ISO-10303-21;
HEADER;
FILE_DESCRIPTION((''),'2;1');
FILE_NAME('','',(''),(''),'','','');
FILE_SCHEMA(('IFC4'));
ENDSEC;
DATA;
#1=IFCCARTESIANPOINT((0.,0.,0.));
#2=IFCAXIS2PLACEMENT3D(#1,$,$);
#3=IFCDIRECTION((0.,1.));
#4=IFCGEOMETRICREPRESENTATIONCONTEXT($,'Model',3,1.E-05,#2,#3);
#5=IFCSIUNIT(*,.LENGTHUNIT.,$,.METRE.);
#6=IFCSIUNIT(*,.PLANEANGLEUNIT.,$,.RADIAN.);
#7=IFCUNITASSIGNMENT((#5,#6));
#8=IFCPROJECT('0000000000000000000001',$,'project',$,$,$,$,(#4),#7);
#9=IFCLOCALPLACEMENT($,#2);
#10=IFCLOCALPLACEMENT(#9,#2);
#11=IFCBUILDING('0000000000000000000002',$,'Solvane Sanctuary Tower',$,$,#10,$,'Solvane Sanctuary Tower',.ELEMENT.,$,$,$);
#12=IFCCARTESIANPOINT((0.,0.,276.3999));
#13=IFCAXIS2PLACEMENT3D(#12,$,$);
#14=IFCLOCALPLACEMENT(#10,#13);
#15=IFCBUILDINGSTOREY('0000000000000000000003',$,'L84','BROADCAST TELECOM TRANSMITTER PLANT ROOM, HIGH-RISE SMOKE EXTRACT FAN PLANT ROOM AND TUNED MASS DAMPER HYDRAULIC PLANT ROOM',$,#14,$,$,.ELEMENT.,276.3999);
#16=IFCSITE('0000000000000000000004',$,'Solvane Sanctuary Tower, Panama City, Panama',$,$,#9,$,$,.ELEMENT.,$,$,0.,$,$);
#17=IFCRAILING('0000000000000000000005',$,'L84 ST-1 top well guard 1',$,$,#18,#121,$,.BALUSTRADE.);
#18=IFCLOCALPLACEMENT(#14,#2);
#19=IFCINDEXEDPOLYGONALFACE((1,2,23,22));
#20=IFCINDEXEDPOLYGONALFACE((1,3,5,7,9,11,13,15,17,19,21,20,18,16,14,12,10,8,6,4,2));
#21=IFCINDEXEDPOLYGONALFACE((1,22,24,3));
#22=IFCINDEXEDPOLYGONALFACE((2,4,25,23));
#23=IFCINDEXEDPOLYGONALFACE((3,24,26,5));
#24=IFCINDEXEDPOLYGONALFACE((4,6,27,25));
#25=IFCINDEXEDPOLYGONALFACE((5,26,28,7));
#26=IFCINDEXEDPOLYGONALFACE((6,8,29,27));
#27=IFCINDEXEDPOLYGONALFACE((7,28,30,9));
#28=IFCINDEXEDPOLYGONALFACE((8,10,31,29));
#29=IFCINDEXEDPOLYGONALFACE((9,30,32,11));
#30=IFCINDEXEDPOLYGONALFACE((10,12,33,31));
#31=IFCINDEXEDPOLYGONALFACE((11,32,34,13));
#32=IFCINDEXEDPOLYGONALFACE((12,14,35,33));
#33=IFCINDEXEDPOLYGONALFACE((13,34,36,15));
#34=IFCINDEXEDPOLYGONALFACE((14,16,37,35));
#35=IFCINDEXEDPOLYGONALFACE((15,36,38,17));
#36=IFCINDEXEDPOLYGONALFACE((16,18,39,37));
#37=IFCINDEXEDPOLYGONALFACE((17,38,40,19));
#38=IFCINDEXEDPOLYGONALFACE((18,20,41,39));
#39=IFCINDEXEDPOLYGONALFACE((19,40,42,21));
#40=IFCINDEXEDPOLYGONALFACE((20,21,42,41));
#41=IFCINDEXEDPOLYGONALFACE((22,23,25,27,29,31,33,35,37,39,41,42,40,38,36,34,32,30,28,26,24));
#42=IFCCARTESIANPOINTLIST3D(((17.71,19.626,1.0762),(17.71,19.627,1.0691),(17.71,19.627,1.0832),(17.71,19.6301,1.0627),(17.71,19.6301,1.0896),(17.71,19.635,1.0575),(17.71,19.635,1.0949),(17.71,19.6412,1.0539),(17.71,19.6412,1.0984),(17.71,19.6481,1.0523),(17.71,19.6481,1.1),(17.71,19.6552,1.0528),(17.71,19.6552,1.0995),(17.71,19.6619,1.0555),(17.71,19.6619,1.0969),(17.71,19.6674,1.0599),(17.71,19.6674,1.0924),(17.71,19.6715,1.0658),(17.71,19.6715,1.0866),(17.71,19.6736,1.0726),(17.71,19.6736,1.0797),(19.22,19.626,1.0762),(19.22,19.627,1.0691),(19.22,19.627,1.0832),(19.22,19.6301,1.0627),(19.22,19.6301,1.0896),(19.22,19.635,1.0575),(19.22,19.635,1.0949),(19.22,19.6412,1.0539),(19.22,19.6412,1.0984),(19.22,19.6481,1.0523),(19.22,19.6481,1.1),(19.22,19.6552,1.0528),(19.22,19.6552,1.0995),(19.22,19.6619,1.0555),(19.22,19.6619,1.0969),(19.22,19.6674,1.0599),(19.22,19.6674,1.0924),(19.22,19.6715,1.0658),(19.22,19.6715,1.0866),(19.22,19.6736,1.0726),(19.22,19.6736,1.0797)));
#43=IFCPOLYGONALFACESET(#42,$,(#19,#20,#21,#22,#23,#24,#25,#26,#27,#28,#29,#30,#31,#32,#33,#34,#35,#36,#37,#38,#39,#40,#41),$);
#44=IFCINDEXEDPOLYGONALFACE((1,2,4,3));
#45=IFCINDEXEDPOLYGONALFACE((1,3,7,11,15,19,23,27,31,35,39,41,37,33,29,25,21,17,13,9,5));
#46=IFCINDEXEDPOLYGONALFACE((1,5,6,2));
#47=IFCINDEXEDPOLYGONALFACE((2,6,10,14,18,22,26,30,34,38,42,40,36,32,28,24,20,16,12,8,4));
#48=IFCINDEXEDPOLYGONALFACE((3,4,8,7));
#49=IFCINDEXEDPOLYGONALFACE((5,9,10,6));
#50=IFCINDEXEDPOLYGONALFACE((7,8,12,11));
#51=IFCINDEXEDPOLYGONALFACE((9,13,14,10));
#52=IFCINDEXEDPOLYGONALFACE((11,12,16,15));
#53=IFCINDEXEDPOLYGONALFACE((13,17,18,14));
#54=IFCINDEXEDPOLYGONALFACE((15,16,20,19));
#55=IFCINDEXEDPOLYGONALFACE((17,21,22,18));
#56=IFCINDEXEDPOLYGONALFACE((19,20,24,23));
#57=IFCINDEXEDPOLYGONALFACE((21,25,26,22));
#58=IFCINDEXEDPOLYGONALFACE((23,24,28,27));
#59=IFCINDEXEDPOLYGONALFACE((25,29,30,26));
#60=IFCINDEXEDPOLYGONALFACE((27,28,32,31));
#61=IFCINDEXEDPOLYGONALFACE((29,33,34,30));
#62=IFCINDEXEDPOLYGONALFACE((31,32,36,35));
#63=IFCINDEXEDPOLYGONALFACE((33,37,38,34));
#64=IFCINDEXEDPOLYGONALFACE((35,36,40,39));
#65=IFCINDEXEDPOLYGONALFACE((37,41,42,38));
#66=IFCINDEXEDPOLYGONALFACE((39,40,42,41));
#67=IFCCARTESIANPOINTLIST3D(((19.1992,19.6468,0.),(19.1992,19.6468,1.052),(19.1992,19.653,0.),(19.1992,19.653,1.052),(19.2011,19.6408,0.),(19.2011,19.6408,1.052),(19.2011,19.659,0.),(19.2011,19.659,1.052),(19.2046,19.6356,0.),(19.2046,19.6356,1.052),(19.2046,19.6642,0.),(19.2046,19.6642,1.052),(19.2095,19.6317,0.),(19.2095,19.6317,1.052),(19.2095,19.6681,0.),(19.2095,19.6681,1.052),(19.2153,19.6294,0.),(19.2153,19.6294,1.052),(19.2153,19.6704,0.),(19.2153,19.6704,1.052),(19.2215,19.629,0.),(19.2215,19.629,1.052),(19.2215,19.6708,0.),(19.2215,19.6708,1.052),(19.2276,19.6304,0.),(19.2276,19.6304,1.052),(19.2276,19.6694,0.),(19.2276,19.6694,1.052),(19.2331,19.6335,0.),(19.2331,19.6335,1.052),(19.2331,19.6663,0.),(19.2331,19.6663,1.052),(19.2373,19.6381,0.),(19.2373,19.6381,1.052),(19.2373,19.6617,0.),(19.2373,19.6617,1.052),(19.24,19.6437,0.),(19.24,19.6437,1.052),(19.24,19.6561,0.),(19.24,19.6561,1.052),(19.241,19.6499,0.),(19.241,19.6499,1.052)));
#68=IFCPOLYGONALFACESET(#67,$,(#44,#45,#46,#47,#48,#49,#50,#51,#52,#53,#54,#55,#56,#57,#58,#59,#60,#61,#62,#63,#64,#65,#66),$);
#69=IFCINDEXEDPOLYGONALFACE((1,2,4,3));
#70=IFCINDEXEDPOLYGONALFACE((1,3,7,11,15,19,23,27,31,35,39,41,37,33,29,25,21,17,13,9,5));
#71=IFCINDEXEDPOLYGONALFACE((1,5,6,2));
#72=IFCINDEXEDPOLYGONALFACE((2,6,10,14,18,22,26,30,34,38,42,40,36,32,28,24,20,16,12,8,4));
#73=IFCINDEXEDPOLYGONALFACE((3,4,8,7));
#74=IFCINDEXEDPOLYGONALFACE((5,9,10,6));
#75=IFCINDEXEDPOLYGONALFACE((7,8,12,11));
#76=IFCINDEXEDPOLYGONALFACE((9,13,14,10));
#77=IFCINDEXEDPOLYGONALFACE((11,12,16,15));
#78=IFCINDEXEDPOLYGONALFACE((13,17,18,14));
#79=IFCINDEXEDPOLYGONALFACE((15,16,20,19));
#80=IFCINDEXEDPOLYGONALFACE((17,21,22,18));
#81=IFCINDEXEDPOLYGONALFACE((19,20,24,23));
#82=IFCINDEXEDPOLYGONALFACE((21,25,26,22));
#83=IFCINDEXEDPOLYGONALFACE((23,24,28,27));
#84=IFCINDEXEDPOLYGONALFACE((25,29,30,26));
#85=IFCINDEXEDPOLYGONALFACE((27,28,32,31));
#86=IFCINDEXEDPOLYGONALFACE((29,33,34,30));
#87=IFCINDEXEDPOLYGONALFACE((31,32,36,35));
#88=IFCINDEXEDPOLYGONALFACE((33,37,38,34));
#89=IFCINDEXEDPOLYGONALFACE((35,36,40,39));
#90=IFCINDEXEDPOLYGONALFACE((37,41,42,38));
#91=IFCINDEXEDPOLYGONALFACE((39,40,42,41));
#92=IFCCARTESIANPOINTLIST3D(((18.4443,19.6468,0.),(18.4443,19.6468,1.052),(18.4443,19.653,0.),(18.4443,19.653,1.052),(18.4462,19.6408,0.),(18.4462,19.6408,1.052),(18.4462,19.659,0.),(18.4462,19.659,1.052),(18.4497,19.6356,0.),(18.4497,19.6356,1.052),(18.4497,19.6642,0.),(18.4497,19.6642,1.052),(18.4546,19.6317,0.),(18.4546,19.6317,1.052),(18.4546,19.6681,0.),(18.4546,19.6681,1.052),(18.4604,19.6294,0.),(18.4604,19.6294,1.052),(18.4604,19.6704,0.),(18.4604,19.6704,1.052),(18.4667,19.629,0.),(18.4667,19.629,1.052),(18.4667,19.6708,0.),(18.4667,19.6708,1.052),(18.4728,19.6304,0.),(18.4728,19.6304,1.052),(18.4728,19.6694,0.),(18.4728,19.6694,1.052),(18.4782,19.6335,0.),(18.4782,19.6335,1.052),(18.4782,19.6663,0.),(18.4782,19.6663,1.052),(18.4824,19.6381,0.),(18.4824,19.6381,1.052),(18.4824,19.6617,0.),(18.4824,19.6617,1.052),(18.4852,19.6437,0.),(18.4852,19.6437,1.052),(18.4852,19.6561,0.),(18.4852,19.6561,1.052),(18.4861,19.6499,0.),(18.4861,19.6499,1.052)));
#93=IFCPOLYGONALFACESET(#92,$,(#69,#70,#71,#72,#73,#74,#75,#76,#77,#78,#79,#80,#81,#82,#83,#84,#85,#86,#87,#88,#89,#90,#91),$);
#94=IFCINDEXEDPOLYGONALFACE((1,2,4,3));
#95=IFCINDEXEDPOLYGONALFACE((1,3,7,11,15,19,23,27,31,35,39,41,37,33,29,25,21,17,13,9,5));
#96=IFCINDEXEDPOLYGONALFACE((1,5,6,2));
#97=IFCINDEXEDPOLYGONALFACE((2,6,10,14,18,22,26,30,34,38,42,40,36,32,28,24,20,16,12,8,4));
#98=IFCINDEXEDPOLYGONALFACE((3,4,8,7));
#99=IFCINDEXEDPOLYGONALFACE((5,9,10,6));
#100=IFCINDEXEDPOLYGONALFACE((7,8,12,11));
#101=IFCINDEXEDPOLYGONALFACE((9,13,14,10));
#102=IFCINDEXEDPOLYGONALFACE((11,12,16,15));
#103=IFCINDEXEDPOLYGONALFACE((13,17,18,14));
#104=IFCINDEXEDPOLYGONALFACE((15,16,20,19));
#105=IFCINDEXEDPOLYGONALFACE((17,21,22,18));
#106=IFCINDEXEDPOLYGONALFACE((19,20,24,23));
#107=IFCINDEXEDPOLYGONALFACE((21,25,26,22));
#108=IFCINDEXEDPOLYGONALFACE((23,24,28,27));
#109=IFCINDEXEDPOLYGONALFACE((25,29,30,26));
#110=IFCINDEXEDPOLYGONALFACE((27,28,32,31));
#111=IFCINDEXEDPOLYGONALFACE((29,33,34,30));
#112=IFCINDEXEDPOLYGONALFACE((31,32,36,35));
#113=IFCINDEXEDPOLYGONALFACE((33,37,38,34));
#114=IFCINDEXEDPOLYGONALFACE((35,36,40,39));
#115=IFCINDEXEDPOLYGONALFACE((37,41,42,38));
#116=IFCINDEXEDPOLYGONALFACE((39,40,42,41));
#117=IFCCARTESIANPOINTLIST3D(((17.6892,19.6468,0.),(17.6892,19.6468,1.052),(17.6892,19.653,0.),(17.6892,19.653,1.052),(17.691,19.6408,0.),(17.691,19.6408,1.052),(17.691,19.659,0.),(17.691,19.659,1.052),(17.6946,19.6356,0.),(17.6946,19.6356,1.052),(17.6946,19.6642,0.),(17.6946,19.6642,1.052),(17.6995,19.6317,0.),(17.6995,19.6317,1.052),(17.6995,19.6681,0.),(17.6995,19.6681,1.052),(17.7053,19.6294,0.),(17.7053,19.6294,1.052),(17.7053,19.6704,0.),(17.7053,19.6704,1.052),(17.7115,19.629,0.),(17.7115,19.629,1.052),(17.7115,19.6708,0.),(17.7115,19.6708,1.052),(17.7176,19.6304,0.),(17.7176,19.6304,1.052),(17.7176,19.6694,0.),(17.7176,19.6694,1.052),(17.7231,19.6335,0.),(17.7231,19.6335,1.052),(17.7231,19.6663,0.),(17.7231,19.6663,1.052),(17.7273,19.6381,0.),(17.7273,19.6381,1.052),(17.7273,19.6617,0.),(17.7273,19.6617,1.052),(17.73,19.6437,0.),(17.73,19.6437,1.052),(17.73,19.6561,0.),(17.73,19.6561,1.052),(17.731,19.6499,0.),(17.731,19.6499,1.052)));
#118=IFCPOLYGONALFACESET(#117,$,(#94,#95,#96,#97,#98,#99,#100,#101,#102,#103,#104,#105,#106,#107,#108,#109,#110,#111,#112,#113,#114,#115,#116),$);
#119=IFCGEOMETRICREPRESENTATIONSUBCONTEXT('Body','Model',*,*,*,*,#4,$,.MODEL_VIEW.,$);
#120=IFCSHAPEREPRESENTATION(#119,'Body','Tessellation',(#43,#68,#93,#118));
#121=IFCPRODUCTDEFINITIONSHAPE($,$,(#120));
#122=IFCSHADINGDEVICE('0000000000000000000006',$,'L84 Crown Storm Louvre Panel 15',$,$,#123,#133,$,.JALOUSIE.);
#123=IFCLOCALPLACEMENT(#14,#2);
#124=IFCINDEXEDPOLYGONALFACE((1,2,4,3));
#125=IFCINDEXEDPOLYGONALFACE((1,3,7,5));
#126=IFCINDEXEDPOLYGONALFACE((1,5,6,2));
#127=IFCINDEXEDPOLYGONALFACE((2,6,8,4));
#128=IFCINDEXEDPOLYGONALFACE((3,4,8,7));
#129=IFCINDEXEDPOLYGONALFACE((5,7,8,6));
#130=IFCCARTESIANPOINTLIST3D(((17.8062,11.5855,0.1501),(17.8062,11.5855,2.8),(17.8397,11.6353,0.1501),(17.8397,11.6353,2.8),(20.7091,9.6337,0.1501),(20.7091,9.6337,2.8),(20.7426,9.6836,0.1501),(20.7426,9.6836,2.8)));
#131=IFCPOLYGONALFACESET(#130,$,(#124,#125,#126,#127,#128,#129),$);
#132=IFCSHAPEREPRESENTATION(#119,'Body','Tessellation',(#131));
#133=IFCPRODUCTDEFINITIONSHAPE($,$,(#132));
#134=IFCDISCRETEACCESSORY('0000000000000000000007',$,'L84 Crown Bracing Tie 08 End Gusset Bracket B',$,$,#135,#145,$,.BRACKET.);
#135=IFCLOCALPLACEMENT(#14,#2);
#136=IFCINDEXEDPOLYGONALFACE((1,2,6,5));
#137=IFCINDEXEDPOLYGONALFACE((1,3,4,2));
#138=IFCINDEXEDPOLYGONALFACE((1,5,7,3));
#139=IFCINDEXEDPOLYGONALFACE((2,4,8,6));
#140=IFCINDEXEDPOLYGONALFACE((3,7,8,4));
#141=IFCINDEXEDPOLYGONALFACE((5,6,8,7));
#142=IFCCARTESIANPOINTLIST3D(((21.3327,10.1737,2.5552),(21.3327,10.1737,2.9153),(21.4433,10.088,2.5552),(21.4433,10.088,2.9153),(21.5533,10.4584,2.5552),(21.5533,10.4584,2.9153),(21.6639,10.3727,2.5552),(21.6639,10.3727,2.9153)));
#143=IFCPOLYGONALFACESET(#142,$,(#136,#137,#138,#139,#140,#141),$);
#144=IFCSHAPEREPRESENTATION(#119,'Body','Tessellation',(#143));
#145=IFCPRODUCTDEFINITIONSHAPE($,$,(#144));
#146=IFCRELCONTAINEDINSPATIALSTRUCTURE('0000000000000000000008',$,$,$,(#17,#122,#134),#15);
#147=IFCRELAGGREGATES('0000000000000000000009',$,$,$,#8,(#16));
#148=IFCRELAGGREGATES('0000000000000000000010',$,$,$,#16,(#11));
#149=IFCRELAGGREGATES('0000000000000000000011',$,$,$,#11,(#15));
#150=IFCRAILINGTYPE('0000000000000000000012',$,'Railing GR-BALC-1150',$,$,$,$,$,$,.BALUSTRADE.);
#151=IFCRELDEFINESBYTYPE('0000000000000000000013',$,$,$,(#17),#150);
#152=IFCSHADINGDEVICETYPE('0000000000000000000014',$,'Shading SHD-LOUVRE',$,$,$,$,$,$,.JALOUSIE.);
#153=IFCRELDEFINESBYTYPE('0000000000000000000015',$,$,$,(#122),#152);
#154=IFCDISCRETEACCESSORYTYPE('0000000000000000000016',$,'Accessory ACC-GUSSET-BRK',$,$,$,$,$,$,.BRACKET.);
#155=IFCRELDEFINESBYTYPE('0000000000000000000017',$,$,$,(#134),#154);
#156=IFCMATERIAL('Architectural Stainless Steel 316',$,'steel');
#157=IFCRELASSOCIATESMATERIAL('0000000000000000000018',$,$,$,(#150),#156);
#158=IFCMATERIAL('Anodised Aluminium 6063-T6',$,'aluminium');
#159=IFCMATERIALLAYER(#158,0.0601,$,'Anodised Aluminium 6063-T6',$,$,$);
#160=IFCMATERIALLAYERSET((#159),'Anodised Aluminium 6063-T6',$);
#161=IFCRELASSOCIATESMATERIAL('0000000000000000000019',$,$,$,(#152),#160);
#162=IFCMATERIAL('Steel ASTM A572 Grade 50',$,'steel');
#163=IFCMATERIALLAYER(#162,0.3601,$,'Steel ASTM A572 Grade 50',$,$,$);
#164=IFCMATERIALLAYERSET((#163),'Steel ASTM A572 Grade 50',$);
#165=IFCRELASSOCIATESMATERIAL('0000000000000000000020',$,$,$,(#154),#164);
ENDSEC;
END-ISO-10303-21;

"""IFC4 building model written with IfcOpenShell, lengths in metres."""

from ifc_helpers import new_model, si_unit, direction, frame, origin, origin_2d, place, context, subcontext, project, spatial, rectangle, circle, extrude, material, layer, layer_set, type_object, element, save


model = new_model("IFC4")

# Units and contexts
model_context = context("Model", 3, precision=1e-05, world=origin(), true_north=direction((0.0, 1.0)))
body_context = subcontext(model_context, "Body", "Model", "MODEL_VIEW")
ifc_project = project(units=[si_unit("LENGTHUNIT", "METRE"), si_unit("PLANEANGLEUNIT", "RADIAN")], contexts=[model_context])

# Site, building, storey
site_placement = place(None, origin())
site = spatial("IfcSite", under=ifc_project, at=site_placement, Name="Solvane Sanctuary Tower, Panama City, Panama", CompositionType="ELEMENT", RefElevation=0.0)
building_placement = place(site_placement, origin())
building = spatial("IfcBuilding", under=site, at=building_placement, Name="Solvane Sanctuary Tower", LongName="Solvane Sanctuary Tower", CompositionType="ELEMENT")
storey_placement = place(building_placement, frame((0.0, 0.0, 276.3999)))
storey = spatial("IfcBuildingStorey", under=building, at=storey_placement, Name="L84", Description="BROADCAST TELECOM TRANSMITTER PLANT ROOM, HIGH-RISE SMOKE EXTRACT FAN PLANT ROOM AND TUNED MASS DAMPER HYDRAULIC PLANT ROOM", CompositionType="ELEMENT", Elevation=276.3999)

# Shared definitions
ifc_material_1 = material(Name="Anodised Aluminium 6063-T6", Category="aluminium")

# Shared definitions
ifc_material_2 = material(Name="Architectural Stainless Steel 316", Category="steel")

# Railing
railing_type = type_object("IfcRailingType", Name="Railing GR-BALC-1150", PredefinedType="BALUSTRADE", material=ifc_material_2)
railing_1_placement = place(storey_placement, frame((19.22, 19.6499, 0.0)))
element("IfcRailing", 1, at=railing_1_placement, inside=storey, type_object=railing_type, Name="L84 ST-1 top well guard 1", PredefinedType="BALUSTRADE", context=body_context, shape_type="SweptSolid", body=[
    extrude(circle(Radius=0.0239, at=origin_2d()), frame((0.0, 0.0, 1.0762), z_axis=(-1.0, 0.0, 0.0), x_axis=(0.0, -1.0, 0.0)), (0.0, 0.0, 1.0), 1.51),
    extrude(circle(Radius=0.021, at=origin_2d()), origin(), (0.0, 0.0, 1.0), 1.052),
    extrude(circle(Radius=0.021, at=origin_2d()), frame((-0.7549, 0.0, 0.0)), (0.0, 0.0, 1.0), 1.052),
    extrude(circle(Radius=0.021, at=origin_2d()), frame((-1.51, 0.0, 0.0)), (0.0, 0.0, 1.0), 1.052),
])

# Shading device
ifc_layer_1 = layer(ifc_material_1, 0.0601, Name="Anodised Aluminium 6063-T6")
ifc_layer_set_1 = layer_set([ifc_layer_1], Name="Anodised Aluminium 6063-T6")
shading_device_type = type_object("IfcShadingDeviceType", Name="Shading SHD-LOUVRE", PredefinedType="JALOUSIE", material=ifc_layer_set_1)
shading_device_placement = place(storey_placement, frame((19.2744, 10.6345, 0.1501), z_axis=(0.0, 0.0, 1.0), x_axis=(0.82987, -0.557957, 0.0)))
element("IfcShadingDevice", 2, at=shading_device_placement, inside=storey, type_object=shading_device_type, Name="L84 Crown Storm Louvre Panel 15", PredefinedType="JALOUSIE", context=body_context, shape_type="SweptSolid", body=[
    extrude(rectangle(XDim=3.498, YDim=0.0601, at=origin_2d()), origin(), (0.0, 0.0, 1.0), 2.6499),
])

# Discrete accessory
ifc_material_3 = material(Name="Steel ASTM A572 Grade 50", Category="steel")
ifc_layer_2 = layer(ifc_material_3, 0.3601, Name="Steel ASTM A572 Grade 50")
ifc_layer_set_2 = layer_set([ifc_layer_2], Name="Steel ASTM A572 Grade 50")
discrete_accessory_type = type_object("IfcDiscreteAccessoryType", Name="Accessory ACC-GUSSET-BRK", PredefinedType="BRACKET", material=ifc_layer_set_2)
discrete_accessory_placement = place(storey_placement, frame((21.4983, 10.2732, 2.5552), z_axis=(0.0, 0.0, 1.0), x_axis=(-0.612493, -0.790476, 0.0)))
element("IfcDiscreteAccessory", 3, at=discrete_accessory_placement, inside=storey, type_object=discrete_accessory_type, Name="L84 Crown Bracing Tie 08 End Gusset Bracket B", PredefinedType="BRACKET", context=body_context, shape_type="SweptSolid", body=[
    extrude(rectangle(XDim=0.3601, YDim=0.1399, at=origin_2d()), origin(), (0.0, 0.0, 1.0), 0.3601),
])

save(model, "model.ifc")
